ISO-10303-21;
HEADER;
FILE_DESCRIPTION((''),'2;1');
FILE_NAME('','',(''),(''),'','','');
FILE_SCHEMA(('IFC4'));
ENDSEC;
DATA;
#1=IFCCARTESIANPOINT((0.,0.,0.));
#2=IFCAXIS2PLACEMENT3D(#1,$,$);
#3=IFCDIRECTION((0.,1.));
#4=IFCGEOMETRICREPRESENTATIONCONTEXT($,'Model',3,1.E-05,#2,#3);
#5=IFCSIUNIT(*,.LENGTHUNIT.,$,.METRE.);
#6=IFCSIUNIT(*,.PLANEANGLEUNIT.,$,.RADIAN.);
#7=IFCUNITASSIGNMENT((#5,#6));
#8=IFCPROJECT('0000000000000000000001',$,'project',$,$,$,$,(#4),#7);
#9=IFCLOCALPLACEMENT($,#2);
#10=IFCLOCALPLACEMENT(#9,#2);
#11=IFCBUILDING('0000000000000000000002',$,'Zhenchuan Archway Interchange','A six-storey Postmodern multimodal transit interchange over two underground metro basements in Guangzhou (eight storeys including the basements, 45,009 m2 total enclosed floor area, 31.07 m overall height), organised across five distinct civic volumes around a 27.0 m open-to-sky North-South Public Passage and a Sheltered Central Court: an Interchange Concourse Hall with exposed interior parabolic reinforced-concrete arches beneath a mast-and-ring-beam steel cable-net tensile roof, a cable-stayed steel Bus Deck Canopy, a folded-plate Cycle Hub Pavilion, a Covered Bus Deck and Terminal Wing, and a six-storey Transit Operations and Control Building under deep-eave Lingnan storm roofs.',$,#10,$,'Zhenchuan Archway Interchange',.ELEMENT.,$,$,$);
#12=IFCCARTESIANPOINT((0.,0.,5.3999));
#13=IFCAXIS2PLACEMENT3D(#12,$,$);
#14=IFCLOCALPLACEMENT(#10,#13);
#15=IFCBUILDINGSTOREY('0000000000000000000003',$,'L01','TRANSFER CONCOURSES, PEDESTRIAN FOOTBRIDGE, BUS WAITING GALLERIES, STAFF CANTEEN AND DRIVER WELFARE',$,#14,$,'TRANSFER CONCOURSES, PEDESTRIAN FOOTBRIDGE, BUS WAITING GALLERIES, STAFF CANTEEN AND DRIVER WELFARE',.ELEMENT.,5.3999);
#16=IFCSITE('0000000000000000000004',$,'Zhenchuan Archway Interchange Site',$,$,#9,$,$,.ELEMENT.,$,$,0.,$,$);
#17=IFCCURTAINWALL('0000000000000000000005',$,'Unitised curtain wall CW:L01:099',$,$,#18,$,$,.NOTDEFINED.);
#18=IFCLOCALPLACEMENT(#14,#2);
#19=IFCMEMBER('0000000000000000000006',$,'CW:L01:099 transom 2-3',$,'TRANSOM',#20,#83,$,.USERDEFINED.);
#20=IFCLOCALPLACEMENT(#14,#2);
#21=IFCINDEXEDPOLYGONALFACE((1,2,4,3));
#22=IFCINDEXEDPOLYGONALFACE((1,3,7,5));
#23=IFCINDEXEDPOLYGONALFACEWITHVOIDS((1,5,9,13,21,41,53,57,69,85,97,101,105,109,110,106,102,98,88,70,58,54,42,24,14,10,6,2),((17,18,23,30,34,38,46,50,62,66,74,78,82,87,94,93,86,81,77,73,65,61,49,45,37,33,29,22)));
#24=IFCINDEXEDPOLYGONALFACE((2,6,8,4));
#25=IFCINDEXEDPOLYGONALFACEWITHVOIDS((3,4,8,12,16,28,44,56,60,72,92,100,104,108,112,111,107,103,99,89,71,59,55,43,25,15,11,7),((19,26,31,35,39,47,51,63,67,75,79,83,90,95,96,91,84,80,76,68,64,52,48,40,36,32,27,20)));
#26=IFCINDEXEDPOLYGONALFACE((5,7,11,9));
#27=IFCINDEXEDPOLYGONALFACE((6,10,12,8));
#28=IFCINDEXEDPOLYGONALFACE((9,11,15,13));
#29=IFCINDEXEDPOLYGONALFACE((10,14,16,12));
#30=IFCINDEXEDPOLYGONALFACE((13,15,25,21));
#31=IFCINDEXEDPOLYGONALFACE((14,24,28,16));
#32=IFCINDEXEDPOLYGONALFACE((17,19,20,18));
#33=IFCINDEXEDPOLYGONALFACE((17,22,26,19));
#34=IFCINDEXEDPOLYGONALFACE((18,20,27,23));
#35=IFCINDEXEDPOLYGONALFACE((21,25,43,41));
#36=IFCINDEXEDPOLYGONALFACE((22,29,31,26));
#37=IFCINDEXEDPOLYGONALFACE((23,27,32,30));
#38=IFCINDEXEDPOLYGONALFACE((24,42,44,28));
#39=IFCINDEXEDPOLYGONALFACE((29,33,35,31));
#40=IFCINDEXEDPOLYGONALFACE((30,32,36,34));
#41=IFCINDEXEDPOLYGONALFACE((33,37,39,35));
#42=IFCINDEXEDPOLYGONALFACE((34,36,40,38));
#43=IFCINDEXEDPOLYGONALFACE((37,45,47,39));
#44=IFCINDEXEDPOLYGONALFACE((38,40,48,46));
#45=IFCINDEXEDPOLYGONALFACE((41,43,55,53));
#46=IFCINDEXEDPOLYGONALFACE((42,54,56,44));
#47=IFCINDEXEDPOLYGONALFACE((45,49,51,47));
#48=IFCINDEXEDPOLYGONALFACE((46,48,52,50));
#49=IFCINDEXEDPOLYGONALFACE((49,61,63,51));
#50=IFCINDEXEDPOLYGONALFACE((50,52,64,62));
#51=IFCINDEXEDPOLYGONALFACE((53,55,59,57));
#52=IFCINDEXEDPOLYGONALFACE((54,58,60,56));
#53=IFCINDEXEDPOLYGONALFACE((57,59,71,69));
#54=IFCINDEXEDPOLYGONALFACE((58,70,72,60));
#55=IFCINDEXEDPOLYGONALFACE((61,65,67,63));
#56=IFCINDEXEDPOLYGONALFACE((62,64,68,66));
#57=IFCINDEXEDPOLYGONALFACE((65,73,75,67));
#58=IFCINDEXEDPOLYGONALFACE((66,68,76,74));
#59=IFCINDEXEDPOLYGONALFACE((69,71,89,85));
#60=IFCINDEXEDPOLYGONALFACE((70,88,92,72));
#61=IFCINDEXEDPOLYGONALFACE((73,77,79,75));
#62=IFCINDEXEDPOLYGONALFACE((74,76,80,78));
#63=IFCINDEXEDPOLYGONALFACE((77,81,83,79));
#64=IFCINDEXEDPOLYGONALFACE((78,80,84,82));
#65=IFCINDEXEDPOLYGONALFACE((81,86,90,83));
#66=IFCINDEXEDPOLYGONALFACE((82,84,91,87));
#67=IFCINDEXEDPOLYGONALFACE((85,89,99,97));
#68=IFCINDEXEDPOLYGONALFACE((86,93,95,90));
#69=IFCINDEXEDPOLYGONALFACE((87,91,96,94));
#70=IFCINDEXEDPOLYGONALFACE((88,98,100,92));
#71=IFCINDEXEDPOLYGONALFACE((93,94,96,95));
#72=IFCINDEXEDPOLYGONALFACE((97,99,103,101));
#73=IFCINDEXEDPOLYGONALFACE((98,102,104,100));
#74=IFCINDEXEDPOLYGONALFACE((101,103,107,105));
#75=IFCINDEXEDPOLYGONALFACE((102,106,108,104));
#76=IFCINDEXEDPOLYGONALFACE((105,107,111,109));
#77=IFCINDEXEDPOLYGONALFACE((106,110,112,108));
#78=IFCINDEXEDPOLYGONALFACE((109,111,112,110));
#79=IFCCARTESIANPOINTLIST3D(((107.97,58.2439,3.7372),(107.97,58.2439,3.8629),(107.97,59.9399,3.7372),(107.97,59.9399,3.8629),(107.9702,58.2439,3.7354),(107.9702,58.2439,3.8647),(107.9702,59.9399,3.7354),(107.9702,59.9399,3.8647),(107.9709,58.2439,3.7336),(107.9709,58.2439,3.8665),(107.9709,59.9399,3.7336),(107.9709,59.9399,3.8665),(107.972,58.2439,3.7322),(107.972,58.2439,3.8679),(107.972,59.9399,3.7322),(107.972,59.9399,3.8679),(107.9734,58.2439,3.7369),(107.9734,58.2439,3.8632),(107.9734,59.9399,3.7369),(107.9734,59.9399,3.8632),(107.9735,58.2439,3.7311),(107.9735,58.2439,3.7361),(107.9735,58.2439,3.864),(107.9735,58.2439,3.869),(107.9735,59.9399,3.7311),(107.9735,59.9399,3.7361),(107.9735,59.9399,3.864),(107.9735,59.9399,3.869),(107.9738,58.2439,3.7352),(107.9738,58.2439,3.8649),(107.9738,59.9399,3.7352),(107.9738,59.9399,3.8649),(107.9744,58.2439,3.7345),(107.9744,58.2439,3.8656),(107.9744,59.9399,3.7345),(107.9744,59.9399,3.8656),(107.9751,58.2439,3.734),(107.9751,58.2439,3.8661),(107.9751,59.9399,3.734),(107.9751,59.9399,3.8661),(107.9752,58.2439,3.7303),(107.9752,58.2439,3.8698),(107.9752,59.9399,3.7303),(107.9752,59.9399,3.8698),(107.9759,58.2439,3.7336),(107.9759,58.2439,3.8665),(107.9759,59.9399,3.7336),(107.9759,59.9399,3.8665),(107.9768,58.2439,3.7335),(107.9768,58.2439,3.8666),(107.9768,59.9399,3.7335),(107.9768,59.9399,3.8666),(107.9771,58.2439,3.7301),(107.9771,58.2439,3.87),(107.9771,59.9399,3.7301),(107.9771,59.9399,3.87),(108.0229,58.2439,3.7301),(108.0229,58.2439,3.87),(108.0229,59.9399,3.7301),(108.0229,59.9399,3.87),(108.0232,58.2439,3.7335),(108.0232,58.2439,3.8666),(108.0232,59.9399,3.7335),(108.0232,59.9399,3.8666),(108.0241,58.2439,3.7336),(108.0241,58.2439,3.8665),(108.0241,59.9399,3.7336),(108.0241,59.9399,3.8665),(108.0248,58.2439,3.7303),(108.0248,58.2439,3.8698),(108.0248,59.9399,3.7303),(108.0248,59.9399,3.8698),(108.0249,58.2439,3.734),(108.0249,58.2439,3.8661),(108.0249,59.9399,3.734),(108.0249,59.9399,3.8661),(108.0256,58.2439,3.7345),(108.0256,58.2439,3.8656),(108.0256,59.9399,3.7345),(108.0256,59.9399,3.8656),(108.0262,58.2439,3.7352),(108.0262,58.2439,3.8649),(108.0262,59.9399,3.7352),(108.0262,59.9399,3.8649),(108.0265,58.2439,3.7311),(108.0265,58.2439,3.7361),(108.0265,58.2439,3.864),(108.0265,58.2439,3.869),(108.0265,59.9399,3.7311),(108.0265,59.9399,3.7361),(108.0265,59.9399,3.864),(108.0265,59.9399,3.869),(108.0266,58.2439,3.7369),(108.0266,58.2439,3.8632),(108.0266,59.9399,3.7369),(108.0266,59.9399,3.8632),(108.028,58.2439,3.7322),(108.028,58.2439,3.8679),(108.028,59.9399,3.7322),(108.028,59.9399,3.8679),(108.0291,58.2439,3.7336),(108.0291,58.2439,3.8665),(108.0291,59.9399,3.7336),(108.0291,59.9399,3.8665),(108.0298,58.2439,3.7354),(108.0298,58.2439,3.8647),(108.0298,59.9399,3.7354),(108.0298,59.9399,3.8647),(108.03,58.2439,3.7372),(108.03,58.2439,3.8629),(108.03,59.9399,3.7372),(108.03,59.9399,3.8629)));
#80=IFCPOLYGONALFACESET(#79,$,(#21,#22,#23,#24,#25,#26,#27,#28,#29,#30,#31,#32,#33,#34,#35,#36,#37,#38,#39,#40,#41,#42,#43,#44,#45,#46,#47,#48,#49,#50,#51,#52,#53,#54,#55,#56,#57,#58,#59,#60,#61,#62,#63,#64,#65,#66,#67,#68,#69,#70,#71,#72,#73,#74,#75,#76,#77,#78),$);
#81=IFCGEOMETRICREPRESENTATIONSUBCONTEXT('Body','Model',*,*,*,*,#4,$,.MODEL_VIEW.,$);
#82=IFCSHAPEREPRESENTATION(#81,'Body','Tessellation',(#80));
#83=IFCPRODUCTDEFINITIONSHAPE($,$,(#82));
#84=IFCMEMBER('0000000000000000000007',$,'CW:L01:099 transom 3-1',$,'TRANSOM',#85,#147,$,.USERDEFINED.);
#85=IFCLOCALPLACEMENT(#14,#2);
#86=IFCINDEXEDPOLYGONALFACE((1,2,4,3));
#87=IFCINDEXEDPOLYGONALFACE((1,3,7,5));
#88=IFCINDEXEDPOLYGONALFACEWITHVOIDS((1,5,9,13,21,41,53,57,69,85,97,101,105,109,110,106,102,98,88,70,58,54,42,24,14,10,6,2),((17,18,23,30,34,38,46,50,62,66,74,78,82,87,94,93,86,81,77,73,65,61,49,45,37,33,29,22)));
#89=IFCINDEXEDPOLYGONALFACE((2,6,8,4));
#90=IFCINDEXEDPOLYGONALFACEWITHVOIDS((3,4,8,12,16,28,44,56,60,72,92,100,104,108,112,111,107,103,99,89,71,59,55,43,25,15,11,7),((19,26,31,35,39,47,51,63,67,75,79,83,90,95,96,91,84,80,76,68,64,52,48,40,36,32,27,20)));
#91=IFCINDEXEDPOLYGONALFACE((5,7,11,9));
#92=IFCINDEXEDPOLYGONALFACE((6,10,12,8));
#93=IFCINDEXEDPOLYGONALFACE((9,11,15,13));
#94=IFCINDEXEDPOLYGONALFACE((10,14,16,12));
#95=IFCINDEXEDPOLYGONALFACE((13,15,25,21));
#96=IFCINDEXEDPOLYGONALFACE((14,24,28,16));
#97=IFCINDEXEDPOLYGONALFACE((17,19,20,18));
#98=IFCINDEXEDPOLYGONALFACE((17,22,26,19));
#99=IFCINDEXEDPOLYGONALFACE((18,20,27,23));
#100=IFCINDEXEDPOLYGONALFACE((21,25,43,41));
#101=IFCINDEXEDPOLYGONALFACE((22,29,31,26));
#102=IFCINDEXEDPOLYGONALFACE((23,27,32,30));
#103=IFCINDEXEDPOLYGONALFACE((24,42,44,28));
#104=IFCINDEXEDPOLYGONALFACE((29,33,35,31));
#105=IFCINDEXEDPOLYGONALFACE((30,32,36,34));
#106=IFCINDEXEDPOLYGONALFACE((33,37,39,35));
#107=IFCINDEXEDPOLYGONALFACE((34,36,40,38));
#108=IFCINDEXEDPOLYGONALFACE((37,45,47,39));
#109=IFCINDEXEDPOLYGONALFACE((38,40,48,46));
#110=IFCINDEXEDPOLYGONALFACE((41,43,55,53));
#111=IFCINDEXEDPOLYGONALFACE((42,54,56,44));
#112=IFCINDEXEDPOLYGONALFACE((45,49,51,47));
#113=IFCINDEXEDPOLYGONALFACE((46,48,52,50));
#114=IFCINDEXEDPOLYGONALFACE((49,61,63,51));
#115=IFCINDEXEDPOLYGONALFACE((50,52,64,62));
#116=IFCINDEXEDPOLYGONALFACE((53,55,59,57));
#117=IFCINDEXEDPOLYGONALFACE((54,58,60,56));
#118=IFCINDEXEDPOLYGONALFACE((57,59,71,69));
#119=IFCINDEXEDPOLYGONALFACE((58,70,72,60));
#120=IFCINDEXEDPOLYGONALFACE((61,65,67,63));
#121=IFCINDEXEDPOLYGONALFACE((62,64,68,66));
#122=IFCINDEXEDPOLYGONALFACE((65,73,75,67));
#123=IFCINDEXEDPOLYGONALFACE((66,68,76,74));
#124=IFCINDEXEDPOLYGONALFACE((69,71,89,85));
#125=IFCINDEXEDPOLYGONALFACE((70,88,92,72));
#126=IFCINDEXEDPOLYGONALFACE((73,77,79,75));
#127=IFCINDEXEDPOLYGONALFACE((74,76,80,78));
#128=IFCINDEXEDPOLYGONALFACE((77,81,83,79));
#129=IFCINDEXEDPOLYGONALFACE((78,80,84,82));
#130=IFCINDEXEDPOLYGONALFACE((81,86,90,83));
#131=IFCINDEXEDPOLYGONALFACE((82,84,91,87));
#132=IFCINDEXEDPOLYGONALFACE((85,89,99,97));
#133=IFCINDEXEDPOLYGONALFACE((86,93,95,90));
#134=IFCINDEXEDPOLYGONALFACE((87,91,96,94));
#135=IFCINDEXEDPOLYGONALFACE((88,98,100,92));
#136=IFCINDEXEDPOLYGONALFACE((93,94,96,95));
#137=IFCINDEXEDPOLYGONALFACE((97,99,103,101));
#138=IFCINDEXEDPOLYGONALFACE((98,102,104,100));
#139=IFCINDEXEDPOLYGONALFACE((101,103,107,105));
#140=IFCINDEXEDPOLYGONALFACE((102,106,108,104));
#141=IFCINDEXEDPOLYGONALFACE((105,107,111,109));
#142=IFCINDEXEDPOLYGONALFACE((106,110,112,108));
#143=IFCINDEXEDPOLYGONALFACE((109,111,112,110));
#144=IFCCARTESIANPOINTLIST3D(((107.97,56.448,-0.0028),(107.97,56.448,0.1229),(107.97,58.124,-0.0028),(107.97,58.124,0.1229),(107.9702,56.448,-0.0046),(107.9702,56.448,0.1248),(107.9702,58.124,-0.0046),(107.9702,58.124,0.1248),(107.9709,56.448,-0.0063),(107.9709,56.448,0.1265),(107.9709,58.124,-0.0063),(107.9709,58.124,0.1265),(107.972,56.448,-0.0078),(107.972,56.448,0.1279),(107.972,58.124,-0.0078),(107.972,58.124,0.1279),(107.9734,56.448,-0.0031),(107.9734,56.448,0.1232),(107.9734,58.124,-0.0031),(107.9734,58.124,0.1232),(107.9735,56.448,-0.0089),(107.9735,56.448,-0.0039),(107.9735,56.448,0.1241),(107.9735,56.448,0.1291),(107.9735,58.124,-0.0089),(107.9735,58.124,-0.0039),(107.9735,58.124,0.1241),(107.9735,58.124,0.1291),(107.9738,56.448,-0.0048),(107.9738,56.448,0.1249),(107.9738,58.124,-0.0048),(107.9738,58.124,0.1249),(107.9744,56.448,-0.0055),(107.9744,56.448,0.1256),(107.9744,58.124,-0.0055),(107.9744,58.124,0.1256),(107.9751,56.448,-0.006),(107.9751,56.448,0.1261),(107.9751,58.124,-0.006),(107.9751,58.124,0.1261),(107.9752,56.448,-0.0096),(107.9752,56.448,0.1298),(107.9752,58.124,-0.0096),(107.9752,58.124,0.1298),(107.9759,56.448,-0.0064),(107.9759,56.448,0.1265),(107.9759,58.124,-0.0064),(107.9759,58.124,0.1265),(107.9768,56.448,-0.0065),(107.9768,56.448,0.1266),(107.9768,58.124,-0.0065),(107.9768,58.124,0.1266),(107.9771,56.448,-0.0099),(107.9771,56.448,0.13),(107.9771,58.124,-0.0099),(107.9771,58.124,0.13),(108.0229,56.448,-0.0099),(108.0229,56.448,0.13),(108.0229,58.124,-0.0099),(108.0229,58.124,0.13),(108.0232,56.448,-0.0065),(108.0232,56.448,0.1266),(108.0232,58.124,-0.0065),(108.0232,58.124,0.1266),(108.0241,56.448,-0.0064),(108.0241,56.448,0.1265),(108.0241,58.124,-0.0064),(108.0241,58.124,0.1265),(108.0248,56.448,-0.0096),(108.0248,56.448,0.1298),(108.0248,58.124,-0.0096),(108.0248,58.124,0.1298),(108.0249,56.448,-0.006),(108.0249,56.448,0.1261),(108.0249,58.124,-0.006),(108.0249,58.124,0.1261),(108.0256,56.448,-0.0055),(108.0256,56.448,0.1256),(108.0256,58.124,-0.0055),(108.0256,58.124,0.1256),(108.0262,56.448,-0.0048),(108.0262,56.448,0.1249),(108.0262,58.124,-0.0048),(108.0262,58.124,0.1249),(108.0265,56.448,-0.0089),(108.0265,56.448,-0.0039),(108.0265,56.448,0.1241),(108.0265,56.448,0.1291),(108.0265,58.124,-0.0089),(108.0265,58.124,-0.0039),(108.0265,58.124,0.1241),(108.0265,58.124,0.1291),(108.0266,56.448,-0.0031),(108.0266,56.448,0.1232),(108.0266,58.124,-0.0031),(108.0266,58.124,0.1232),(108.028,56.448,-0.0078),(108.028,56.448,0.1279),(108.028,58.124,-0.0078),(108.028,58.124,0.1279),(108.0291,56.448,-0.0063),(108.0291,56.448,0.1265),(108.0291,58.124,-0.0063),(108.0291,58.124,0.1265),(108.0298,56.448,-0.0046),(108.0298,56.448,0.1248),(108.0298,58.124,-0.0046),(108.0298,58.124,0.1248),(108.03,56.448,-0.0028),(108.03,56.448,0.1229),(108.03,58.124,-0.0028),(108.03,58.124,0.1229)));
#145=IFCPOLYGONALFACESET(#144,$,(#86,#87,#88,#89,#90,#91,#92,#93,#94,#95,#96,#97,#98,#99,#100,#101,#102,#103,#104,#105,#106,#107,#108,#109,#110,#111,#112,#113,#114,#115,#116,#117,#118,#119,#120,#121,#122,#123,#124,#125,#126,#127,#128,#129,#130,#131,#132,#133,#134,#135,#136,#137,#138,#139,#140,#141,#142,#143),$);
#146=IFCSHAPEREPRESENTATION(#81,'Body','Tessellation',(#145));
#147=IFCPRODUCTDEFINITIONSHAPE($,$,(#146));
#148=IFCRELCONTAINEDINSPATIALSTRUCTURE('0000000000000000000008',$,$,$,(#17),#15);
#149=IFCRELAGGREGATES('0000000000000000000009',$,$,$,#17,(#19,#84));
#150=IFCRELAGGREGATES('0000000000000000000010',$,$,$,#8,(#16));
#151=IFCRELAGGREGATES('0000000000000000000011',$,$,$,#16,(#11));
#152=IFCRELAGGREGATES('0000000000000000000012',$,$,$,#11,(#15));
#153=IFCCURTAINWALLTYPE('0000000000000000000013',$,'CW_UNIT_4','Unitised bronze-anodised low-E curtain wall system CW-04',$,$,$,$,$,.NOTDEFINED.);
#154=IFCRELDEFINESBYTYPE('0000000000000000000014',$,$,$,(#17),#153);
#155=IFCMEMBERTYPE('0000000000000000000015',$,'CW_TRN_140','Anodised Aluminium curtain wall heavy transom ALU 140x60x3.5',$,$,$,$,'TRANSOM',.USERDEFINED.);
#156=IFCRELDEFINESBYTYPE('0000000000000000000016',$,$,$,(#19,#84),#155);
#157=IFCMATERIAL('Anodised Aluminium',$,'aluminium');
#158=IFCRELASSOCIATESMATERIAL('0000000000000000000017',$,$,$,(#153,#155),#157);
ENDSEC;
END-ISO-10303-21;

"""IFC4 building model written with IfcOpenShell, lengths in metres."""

from ifc_helpers import new_model, si_unit, direction, frame, origin, origin_2d, place, context, subcontext, project, spatial, hollow_rectangle, extrude, material, material_profile, profile_set, type_object, element, aggregate, save


model = new_model("IFC4")

# Units and contexts
model_context = context("Model", 3, precision=1e-05, world=origin(), true_north=direction((0.0, 1.0)))
body_context = subcontext(model_context, "Body", "Model", "MODEL_VIEW")
ifc_project = project(units=[si_unit("LENGTHUNIT", "METRE"), si_unit("PLANEANGLEUNIT", "RADIAN")], contexts=[model_context])

# Site, building, storey
site_placement = place(None, origin())
site = spatial("IfcSite", under=ifc_project, at=site_placement, Name="Zhenchuan Archway Interchange Site", CompositionType="ELEMENT", RefElevation=0.0)
building_placement = place(site_placement, origin())
building = spatial("IfcBuilding", under=site, at=building_placement, Name="Zhenchuan Archway Interchange", Description="A six-storey Postmodern multimodal transit interchange over two underground metro basements in Guangzhou (eight storeys including the basements, 45,009 m2 total enclosed floor area, 31.07 m overall height), organised across five distinct civic volumes around a 27.0 m open-to-sky North-South Public Passage and a Sheltered Central Court: an Interchange Concourse Hall with exposed interior parabolic reinforced-concrete arches beneath a mast-and-ring-beam steel cable-net tensile roof, a cable-stayed steel Bus Deck Canopy, a folded-plate Cycle Hub Pavilion, a Covered Bus Deck and Terminal Wing, and a six-storey Transit Operations and Control Building under deep-eave Lingnan storm roofs.", LongName="Zhenchuan Archway Interchange", CompositionType="ELEMENT")
storey_placement = place(building_placement, frame((0.0, 0.0, 5.3999)))
storey = spatial("IfcBuildingStorey", under=building, at=storey_placement, Name="L01", Description="TRANSFER CONCOURSES, PEDESTRIAN FOOTBRIDGE, BUS WAITING GALLERIES, STAFF CANTEEN AND DRIVER WELFARE", LongName="TRANSFER CONCOURSES, PEDESTRIAN FOOTBRIDGE, BUS WAITING GALLERIES, STAFF CANTEEN AND DRIVER WELFARE", CompositionType="ELEMENT", Elevation=5.3999)

# Curtain wall, members
ifc_material_1 = material(Name="Anodised Aluminium", Category="aluminium")
curtain_wall_type = type_object("IfcCurtainWallType", Name="CW_UNIT_4", Description="Unitised bronze-anodised low-E curtain wall system CW-04", PredefinedType="NOTDEFINED", material=ifc_material_1)
curtain_wall_placement = place(storey_placement, origin())
curtain_wall = element("IfcCurtainWall", 1, at=curtain_wall_placement, inside=storey, type_object=curtain_wall_type, Name="Unitised curtain wall CW:L01:099", PredefinedType="NOTDEFINED")
ifc_material_profile_1 = material_profile(ifc_material_1, hollow_rectangle(XDim=0.0601, YDim=0.1399, WallThickness=0.0034, InnerFilletRadius=0.0034, OuterFilletRadius=0.0071, at=origin_2d()), Name="ALU 140x60x3.5")
ifc_profile_set_1 = profile_set([ifc_material_profile_1], Name="Anodised Aluminium")
member_type_1 = type_object("IfcMemberType", Name="CW_TRN_140", Description="Anodised Aluminium curtain wall heavy transom ALU 140x60x3.5", ElementType="TRANSOM", PredefinedType="USERDEFINED", material=ifc_profile_set_1)
member_1_placement = place(storey_placement, frame((108.0, 59.9399, 3.8), z_axis=(0.0, -1.0, 0.0), x_axis=(1.0, 0.0, 0.0)))
member_1 = element("IfcMember", 2, at=member_1_placement, type_object=member_type_1, Name="CW:L01:099 transom 2-3", ObjectType="TRANSOM", PredefinedType="USERDEFINED", context=body_context, shape_type="SweptSolid", body=[
    extrude(hollow_rectangle(XDim=0.0601, YDim=0.1399, WallThickness=0.0034, InnerFilletRadius=0.0034, OuterFilletRadius=0.0071, at=origin_2d()), origin(), (0.0, 0.0, 1.0), 1.696),
])
member_2_placement = place(storey_placement, frame((108.0, 58.124, 0.0601), z_axis=(0.0, -1.0, 0.0), x_axis=(1.0, 0.0, 0.0)))
member_2 = element("IfcMember", 3, at=member_2_placement, type_object=member_type_1, Name="CW:L01:099 transom 3-1", ObjectType="TRANSOM", PredefinedType="USERDEFINED", context=body_context, shape_type="SweptSolid", body=[
    extrude(hollow_rectangle(XDim=0.0601, YDim=0.1399, WallThickness=0.0034, InnerFilletRadius=0.0034, OuterFilletRadius=0.0071, at=origin_2d()), origin(), (0.0, 0.0, 1.0), 1.676),
])
aggregate(curtain_wall, [member_1, member_2])

save(model, "model.ifc")
